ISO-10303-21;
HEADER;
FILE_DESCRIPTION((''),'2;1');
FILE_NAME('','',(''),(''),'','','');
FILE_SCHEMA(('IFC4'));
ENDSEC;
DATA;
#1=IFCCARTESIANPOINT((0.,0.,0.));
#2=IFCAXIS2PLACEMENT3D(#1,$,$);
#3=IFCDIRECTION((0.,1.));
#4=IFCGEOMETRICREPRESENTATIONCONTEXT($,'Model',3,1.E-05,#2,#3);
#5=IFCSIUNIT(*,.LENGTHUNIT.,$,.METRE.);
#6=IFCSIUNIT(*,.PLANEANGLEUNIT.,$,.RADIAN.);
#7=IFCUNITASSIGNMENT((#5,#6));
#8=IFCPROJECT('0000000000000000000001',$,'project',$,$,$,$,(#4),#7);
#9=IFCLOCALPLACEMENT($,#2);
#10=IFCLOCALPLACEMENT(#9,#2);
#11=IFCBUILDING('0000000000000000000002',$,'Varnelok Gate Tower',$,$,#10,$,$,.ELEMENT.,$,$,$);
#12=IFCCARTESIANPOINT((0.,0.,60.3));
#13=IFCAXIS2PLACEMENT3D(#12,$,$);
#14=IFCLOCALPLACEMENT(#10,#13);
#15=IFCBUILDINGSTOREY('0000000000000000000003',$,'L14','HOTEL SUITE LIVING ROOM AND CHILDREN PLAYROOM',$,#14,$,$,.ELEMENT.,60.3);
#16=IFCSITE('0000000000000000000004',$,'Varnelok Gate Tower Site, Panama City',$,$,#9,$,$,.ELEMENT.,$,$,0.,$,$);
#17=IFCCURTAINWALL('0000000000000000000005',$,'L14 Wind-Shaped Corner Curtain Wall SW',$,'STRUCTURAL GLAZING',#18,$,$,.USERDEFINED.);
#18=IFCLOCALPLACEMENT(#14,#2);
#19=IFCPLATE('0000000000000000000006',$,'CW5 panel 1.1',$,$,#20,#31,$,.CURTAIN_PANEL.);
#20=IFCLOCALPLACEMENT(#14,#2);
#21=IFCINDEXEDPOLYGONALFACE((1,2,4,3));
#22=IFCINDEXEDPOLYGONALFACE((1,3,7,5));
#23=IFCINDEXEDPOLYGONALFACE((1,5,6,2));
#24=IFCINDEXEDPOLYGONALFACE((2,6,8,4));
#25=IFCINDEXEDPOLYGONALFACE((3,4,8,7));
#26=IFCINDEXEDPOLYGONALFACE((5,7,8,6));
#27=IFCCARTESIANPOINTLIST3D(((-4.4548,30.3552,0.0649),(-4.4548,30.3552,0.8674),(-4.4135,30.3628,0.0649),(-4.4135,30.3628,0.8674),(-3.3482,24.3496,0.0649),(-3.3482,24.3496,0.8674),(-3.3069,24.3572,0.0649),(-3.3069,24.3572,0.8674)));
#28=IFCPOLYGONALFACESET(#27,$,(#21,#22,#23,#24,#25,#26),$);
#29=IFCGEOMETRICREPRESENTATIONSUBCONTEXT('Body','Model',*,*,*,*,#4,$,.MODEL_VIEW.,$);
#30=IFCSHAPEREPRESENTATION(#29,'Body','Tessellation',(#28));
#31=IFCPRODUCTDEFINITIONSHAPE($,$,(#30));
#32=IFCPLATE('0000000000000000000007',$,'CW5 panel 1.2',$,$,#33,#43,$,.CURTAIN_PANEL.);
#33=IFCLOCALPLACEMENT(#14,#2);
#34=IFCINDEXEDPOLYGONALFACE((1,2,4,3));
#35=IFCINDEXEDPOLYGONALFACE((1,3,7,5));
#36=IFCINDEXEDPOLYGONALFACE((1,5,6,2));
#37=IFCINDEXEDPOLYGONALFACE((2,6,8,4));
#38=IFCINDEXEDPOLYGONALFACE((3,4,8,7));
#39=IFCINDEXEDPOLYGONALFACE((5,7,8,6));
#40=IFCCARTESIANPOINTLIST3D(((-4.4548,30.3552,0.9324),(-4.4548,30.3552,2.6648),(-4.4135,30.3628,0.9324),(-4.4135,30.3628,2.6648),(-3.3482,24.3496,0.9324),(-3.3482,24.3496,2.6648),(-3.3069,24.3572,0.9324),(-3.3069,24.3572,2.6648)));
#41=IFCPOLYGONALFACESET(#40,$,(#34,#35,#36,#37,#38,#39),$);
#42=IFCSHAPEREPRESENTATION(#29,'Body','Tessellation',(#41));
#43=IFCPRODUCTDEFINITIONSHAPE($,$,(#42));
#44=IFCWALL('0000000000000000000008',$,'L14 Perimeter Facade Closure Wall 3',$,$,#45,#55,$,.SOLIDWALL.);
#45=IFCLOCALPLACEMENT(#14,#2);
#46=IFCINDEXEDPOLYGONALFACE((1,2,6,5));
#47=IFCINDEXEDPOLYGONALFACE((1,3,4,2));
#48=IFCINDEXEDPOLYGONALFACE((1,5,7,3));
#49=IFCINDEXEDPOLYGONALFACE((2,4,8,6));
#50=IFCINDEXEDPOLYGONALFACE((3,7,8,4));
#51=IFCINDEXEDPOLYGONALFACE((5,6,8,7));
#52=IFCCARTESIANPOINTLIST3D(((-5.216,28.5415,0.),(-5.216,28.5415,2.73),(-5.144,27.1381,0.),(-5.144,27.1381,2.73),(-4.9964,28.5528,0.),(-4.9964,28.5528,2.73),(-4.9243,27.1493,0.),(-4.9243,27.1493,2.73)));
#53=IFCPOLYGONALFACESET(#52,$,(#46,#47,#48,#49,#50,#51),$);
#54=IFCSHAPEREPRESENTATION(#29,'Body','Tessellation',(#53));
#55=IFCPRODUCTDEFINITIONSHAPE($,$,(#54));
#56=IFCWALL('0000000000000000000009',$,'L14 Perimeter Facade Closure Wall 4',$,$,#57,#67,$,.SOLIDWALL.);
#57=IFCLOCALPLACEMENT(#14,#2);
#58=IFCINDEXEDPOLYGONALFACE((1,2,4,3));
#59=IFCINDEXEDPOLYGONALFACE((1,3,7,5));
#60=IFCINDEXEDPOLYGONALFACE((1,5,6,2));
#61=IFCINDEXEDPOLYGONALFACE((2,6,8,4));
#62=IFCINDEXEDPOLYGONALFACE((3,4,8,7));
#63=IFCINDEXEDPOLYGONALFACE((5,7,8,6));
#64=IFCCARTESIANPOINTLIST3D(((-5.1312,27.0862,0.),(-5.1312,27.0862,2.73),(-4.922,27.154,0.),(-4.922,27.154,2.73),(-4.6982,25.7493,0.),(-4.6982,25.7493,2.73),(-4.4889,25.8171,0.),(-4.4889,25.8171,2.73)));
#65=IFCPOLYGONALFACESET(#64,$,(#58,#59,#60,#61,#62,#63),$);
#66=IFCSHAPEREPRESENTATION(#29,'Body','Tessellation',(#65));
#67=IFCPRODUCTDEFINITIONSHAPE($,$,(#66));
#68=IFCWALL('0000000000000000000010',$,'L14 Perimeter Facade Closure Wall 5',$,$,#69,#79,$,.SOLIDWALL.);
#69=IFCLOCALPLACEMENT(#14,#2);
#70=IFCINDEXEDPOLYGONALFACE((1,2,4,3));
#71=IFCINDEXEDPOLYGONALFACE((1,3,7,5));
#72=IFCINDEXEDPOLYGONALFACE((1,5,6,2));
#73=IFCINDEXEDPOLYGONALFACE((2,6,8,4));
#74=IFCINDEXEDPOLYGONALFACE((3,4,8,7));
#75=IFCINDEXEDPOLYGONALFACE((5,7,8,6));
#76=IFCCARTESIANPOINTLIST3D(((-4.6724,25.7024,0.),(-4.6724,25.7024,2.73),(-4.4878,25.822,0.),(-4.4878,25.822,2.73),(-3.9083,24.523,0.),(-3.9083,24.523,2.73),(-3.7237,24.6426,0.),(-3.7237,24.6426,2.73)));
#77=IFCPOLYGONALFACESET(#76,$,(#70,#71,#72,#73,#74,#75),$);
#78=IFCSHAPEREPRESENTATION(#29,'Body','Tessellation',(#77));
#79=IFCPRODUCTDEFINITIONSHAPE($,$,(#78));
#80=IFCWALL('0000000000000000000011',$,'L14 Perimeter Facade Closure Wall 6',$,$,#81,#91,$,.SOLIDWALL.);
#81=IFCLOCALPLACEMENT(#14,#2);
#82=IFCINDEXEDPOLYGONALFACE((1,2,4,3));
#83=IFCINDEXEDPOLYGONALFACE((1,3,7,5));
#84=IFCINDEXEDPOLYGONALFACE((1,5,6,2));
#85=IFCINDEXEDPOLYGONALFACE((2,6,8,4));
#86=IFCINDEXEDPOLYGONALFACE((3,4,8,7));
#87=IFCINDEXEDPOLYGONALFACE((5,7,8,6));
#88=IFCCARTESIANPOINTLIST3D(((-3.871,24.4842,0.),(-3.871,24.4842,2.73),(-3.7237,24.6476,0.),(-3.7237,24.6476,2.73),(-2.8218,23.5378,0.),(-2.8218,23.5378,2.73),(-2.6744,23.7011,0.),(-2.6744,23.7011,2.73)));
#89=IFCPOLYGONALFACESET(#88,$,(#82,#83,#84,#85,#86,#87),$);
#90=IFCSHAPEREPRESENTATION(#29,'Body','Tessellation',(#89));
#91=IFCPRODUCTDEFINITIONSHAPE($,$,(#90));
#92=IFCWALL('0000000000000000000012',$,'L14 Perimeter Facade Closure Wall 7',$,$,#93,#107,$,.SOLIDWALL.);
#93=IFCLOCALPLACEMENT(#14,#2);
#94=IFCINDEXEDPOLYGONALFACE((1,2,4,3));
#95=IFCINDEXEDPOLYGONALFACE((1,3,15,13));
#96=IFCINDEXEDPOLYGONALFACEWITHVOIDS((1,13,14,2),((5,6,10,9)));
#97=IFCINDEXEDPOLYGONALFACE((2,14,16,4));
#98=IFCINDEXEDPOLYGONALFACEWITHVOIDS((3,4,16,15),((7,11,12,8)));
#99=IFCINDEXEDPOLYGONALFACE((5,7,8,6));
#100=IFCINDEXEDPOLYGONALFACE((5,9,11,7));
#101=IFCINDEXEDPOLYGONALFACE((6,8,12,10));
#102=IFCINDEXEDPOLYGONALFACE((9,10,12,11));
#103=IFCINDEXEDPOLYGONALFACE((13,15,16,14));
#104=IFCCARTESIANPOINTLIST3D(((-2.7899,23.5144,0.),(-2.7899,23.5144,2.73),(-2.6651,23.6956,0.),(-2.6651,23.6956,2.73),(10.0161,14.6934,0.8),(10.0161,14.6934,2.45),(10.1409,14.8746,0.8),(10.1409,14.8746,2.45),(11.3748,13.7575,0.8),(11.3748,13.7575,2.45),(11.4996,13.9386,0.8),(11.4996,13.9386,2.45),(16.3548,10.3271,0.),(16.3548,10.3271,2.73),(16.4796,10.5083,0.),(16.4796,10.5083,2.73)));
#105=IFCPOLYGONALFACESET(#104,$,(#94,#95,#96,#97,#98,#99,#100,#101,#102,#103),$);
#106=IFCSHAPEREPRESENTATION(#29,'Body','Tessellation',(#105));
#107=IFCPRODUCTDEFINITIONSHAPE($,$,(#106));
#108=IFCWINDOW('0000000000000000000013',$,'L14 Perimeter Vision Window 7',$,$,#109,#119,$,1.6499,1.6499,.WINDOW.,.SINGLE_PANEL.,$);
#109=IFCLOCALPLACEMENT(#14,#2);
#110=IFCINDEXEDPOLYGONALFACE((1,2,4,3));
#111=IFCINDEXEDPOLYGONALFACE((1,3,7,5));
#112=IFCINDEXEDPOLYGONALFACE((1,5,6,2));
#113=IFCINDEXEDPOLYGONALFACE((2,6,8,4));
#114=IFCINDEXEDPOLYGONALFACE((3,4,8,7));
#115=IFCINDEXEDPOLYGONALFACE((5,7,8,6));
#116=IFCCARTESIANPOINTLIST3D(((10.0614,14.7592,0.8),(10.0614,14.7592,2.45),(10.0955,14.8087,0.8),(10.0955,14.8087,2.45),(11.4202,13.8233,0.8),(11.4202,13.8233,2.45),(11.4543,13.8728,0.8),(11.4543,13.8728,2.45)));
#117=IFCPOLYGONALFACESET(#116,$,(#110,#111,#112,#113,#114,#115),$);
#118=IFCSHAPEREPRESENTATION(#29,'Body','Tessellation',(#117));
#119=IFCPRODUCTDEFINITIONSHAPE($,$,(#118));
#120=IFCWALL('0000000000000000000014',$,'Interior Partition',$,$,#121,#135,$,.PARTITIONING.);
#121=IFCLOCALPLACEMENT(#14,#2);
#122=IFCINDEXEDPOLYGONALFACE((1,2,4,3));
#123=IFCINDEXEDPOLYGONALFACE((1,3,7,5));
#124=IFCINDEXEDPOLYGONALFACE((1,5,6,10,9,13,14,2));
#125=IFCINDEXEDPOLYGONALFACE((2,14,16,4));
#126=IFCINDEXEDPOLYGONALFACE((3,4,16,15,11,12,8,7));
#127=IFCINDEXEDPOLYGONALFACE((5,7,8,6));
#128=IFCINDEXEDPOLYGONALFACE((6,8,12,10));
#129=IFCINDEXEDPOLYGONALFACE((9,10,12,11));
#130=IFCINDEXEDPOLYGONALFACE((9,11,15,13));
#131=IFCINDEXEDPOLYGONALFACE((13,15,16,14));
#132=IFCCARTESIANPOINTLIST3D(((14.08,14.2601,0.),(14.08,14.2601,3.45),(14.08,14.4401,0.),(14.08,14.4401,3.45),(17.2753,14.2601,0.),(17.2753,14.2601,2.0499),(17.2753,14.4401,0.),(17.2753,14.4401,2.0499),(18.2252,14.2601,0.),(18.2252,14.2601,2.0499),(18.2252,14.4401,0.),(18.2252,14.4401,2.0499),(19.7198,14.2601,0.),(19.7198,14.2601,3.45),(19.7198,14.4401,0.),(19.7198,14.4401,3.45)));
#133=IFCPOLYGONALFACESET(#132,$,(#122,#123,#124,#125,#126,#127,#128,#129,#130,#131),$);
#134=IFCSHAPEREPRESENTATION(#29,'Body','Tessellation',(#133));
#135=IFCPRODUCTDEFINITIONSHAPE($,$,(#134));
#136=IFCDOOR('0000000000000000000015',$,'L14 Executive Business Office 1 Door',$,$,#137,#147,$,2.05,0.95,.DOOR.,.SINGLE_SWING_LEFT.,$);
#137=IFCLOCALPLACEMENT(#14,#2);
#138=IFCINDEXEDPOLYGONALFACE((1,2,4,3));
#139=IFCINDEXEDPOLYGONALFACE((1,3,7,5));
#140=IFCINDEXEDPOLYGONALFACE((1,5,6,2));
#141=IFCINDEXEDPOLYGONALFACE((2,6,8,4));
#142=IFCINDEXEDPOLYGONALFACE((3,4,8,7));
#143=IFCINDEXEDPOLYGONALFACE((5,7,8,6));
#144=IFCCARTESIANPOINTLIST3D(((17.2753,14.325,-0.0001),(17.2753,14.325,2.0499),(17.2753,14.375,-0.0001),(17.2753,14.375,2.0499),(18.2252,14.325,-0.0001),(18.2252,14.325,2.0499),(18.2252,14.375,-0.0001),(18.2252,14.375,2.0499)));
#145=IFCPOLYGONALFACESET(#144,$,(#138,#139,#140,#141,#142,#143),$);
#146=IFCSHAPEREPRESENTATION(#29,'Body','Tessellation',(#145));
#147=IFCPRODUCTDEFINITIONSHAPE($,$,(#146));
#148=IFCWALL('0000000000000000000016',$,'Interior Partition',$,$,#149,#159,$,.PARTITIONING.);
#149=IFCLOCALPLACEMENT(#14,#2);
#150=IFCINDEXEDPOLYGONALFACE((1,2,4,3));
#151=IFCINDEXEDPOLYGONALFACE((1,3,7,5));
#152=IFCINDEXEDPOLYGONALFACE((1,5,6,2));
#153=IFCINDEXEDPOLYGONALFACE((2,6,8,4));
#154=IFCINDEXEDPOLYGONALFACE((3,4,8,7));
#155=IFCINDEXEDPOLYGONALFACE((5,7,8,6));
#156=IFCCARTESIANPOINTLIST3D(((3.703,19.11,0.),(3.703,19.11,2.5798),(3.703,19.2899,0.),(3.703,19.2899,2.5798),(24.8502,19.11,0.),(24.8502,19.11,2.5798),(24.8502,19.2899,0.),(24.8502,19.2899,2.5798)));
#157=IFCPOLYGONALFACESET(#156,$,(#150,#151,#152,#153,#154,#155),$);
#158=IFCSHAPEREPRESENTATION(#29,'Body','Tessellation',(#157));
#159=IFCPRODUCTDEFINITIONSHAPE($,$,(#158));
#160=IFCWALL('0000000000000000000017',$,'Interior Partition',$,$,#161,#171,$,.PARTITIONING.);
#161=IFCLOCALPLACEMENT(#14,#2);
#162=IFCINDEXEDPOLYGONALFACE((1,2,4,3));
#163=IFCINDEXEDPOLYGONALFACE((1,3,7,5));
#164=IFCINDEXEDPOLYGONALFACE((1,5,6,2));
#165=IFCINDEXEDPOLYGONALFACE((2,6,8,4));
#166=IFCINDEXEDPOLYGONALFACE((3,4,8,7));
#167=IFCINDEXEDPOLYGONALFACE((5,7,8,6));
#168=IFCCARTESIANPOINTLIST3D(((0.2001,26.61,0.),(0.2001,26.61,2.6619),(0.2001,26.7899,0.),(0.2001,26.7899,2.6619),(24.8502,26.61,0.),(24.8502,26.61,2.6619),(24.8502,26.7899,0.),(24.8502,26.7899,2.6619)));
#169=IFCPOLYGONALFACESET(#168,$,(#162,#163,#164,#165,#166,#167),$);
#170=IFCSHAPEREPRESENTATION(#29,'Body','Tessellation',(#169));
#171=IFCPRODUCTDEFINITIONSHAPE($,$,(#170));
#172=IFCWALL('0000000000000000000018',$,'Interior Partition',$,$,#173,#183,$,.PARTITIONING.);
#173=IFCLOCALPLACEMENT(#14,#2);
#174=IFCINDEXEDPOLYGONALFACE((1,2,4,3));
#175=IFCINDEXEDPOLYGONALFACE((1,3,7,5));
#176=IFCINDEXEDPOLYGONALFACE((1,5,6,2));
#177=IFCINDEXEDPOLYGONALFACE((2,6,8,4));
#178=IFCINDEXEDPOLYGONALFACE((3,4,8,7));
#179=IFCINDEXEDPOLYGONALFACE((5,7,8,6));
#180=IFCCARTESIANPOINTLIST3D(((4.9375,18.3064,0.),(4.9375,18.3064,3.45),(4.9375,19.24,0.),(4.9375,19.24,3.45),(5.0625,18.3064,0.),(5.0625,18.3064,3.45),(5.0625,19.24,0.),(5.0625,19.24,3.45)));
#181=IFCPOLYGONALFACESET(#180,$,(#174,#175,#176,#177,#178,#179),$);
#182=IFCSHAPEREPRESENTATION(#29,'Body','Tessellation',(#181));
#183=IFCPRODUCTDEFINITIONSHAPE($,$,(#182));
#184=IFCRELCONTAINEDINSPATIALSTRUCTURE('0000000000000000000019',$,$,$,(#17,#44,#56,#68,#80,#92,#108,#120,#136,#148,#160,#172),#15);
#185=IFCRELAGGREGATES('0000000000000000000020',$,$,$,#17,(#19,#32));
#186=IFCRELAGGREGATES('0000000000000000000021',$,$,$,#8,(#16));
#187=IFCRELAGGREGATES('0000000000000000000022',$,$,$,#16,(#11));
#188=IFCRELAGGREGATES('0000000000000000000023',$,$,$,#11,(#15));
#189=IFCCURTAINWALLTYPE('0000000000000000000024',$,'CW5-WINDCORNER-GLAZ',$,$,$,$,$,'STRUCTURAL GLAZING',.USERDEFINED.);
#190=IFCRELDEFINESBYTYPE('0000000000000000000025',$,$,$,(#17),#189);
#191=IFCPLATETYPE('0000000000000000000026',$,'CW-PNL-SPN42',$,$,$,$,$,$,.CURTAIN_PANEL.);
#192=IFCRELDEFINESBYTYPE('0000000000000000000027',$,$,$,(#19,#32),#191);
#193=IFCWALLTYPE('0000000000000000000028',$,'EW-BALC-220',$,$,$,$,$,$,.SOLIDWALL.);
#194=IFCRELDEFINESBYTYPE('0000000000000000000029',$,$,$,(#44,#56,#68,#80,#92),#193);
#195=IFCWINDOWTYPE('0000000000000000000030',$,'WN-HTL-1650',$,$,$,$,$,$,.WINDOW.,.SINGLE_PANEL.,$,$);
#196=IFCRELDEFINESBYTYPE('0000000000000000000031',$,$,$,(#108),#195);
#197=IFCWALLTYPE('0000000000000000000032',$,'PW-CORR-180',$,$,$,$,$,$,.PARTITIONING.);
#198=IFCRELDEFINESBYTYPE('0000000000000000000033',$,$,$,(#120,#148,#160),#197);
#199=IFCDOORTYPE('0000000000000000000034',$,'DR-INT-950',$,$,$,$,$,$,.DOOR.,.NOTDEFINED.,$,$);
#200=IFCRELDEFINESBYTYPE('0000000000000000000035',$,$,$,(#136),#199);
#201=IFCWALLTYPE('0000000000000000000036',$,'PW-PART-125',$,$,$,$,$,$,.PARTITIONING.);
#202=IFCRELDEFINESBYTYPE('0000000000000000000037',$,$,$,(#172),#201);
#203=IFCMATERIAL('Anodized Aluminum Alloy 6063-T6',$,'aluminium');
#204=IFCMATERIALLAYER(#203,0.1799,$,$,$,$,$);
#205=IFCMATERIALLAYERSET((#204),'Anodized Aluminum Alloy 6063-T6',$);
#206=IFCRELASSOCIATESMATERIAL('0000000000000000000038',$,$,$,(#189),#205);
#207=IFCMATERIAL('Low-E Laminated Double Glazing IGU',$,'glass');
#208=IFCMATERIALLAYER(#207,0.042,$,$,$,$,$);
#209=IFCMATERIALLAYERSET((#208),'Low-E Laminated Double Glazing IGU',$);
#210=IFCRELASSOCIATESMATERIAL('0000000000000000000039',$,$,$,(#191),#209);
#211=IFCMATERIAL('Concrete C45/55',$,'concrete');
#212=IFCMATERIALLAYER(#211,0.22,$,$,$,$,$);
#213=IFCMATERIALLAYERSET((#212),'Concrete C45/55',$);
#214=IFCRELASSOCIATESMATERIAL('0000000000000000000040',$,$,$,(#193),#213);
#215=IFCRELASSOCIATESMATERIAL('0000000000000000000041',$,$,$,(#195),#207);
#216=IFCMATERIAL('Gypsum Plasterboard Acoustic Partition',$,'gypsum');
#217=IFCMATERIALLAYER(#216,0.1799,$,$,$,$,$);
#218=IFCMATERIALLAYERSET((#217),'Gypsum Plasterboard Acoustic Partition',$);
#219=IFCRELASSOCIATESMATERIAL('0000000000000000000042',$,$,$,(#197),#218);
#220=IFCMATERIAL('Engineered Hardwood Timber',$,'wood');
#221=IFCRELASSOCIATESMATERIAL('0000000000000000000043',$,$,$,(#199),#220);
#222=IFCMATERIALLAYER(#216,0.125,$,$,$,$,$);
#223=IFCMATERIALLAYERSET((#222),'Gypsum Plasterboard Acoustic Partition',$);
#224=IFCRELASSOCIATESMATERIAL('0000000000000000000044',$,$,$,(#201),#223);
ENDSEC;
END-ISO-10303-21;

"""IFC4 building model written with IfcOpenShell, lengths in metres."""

from ifc_helpers import new_model, si_unit, direction, frame, frame_2d, origin, origin_2d, place, context, subcontext, project, spatial, rectangle, extrude, source, transform, mapped, material, layer, layer_set, type_object, element, fill, aggregate, save


model = new_model("IFC4")

# Units and contexts
model_context = context("Model", 3, precision=1e-05, world=origin(), true_north=direction((0.0, 1.0)))
body_context = subcontext(model_context, "Body", "Model", "MODEL_VIEW")
ifc_project = project(units=[si_unit("LENGTHUNIT", "METRE"), si_unit("PLANEANGLEUNIT", "RADIAN")], contexts=[model_context])

# Site, building, storey
site_placement = place(None, origin())
site = spatial("IfcSite", under=ifc_project, at=site_placement, Name="Varnelok Gate Tower Site, Panama City", CompositionType="ELEMENT", RefElevation=0.0)
building_placement = place(site_placement, origin())
building = spatial("IfcBuilding", under=site, at=building_placement, Name="Varnelok Gate Tower", CompositionType="ELEMENT")
storey_placement = place(building_placement, frame((0.0, 0.0, 60.3)))
storey = spatial("IfcBuildingStorey", under=building, at=storey_placement, Name="L14", Description="HOTEL SUITE LIVING ROOM AND CHILDREN PLAYROOM", CompositionType="ELEMENT", Elevation=60.3)

# Curtain wall
ifc_material_1 = material(Name="Anodized Aluminum Alloy 6063-T6", Category="aluminium")
ifc_layer_1 = layer(ifc_material_1, 0.1799)
ifc_layer_set_1 = layer_set([ifc_layer_1], Name="Anodized Aluminum Alloy 6063-T6")
curtain_wall_type = type_object("IfcCurtainWallType", Name="CW5-WINDCORNER-GLAZ", ElementType="STRUCTURAL GLAZING", PredefinedType="USERDEFINED", material=ifc_layer_set_1)
curtain_wall_placement = place(storey_placement, origin())
curtain_wall = element("IfcCurtainWall", 1, at=curtain_wall_placement, inside=storey, type_object=curtain_wall_type, Name="L14 Wind-Shaped Corner Curtain Wall SW", ObjectType="STRUCTURAL GLAZING", PredefinedType="USERDEFINED")

# Shared definitions
ifc_material_2 = material(Name="Concrete C45/55", Category="concrete")

# Plates
ifc_material_3 = material(Name="Low-E Laminated Double Glazing IGU", Category="glass")
ifc_layer_2 = layer(ifc_material_3, 0.042)
ifc_layer_set_2 = layer_set([ifc_layer_2], Name="Low-E Laminated Double Glazing IGU")
plate_type = type_object("IfcPlateType", Name="CW-PNL-SPN42", PredefinedType="CURTAIN_PANEL", material=ifc_layer_set_2)
shared_shape_1 = source(origin(), body_context, "Body", "SweptSolid", [
    extrude(rectangle(XDim=6.1067, YDim=0.042, at=origin_2d()), origin(), (0.0, 0.0, 1.0), 0.8025),
])
plate_1_placement = place(storey_placement, frame((-3.8809, 27.3562, 0.0649), z_axis=(0.0, 0.0, 1.0), x_axis=(0.181203, -0.983446, 0.0)))
plate_1 = element("IfcPlate", 2, at=plate_1_placement, type_object=plate_type, Name="CW5 panel 1.1", PredefinedType="CURTAIN_PANEL", context=body_context, shape_type="MappedRepresentation", body=[
    mapped(shared_shape_1, transform((0.0, 0.0, 0.0), scale=1.0)),
])
shared_shape_2 = source(origin(), body_context, "Body", "SweptSolid", [
    extrude(rectangle(XDim=6.1067, YDim=0.042, at=origin_2d()), origin(), (0.0, 0.0, 1.0), 1.7324),
])
plate_2_placement = place(storey_placement, frame((-3.8809, 27.3562, 0.9324), z_axis=(0.0, 0.0, 1.0), x_axis=(0.181203, -0.983446, 0.0)))
plate_2 = element("IfcPlate", 3, at=plate_2_placement, type_object=plate_type, Name="CW5 panel 1.2", PredefinedType="CURTAIN_PANEL", context=body_context, shape_type="MappedRepresentation", body=[
    mapped(shared_shape_2, transform((0.0, 0.0, 0.0), scale=1.0)),
])
aggregate(curtain_wall, [plate_1, plate_2])

# Walls
ifc_layer_3 = layer(ifc_material_2, 0.22)
ifc_layer_set_3 = layer_set([ifc_layer_3], Name="Concrete C45/55")
wall_type_1 = type_object("IfcWallType", Name="EW-BALC-220", PredefinedType="SOLIDWALL", material=ifc_layer_set_3)
for number, where, z_axis, x_axis, name in (
    (4, (-5.1062, 28.5471, 0.0), (0.0, 0.0, 1.0), (0.051255, -0.998686, 0.0), "L14 Perimeter Facade Closure Wall 3"),
    (5, (-5.0266, 27.1201, 0.0), (0.0, 0.0, 1.0), (0.30819, -0.951325, 0.0), "L14 Perimeter Facade Closure Wall 4"),
    (6, (-4.5801, 25.7622, 0.0), (0.0, 0.0, 1.0), (0.543748, -0.839248, 0.0), "L14 Perimeter Facade Closure Wall 5"),
):
    element("IfcWall", number, at=place(storey_placement, frame(where, z_axis=z_axis, x_axis=x_axis)), inside=storey, type_object=wall_type_1, Name=name, PredefinedType="SOLIDWALL", context=body_context, shape_type="SweptSolid", body=[
        extrude(rectangle(XDim=1.4053, YDim=0.22, at=frame_2d((0.7026, 0.0))), origin(), (0.0, 0.0, 1.0), 2.73),
    ])
wall_1_placement = place(storey_placement, frame((-3.7974, 24.5659, 0.0), z_axis=(0.0, 0.0, 1.0), x_axis=(0.742538, -0.669804, 0.0)))
element("IfcWall", 7, at=wall_1_placement, inside=storey, type_object=wall_type_1, Name="L14 Perimeter Facade Closure Wall 6", PredefinedType="SOLIDWALL", context=body_context, shape_type="SweptSolid", body=[
    extrude(rectangle(XDim=1.4131, YDim=0.22, at=frame_2d((0.7065, 0.0))), origin(), (0.0, 0.0, 1.0), 2.73),
])

# Wall, opening, window
wall_2_placement = place(storey_placement, frame((-2.7275, 23.605, 0.0), z_axis=(0.0, 0.0, 1.0), x_axis=(0.823535, -0.567265, 0.0)))
wall_2 = element("IfcWall", 8, at=wall_2_placement, inside=storey, type_object=wall_type_1, Name="L14 Perimeter Facade Closure Wall 7", PredefinedType="SOLIDWALL", context=body_context, shape_type="SweptSolid", body=[
    extrude(rectangle(XDim=23.2471, YDim=0.22, at=frame_2d((11.6235, 0.0))), origin(), (0.0, 0.0, 1.0), 2.73),
])
opening_1_placement = place(wall_2_placement, frame((15.55, 0.0, 0.8)))
opening_1 = element("IfcOpeningElement", 9, at=opening_1_placement, cuts=wall_2, PredefinedType="OPENING", context=body_context, shape_type="SweptSolid", body=[
    extrude(rectangle(XDim=1.6499, YDim=1.6499, at=frame_2d((0.825, 0.825))), frame((0.0, 0.1199, 0.0), z_axis=(0.0, -1.0, 0.0), x_axis=(1.0, 0.0, 0.0)), (0.0, 0.0, 1.0), 0.24),
])
window_type = type_object("IfcWindowType", Name="WN-HTL-1650", PartitioningType="SINGLE_PANEL", PredefinedType="WINDOW", material=ifc_material_3)
window_placement = place(opening_1_placement, origin())
window = element("IfcWindow", 10, at=window_placement, inside=storey, type_object=window_type, Name="L14 Perimeter Vision Window 7", OverallHeight=1.6499, OverallWidth=1.6499, PartitioningType="SINGLE_PANEL", PredefinedType="WINDOW", context=body_context, shape_type="SweptSolid", body=[
    extrude(rectangle(XDim=1.6499, YDim=1.6499, at=frame_2d((0.825, 0.825))), frame((0.0, 0.03, 0.0), z_axis=(0.0, -1.0, 0.0), x_axis=(1.0, 0.0, 0.0)), (0.0, 0.0, 1.0), 0.0601),
])
fill(opening_1, window)

# Wall, opening, door
ifc_material_4 = material(Name="Gypsum Plasterboard Acoustic Partition", Category="gypsum")
ifc_layer_4 = layer(ifc_material_4, 0.1799)
ifc_layer_set_4 = layer_set([ifc_layer_4], Name="Gypsum Plasterboard Acoustic Partition")
wall_type_2 = type_object("IfcWallType", Name="PW-CORR-180", PredefinedType="PARTITIONING", material=ifc_layer_set_4)
wall_3_placement = place(storey_placement, frame((14.0801, 14.3501, 0.0), z_axis=(0.0, 0.0, 1.0), x_axis=(1.0, 0.0, 0.0)))
wall_3 = element("IfcWall", 11, at=wall_3_placement, inside=storey, type_object=wall_type_2, Name="Interior Partition", PredefinedType="PARTITIONING", context=body_context, shape_type="SweptSolid", body=[
    extrude(rectangle(XDim=5.6399, YDim=0.1799, at=frame_2d((2.8198, 0.0))), origin(), (0.0, 0.0, 1.0), 3.45),
])
opening_2_placement = place(wall_3_placement, frame((3.1951, 0.0, 0.0)))
opening_2 = element("IfcOpeningElement", 12, at=opening_2_placement, cuts=wall_3, PredefinedType="OPENING", context=body_context, shape_type="SweptSolid", body=[
    extrude(rectangle(XDim=0.95, YDim=2.05, at=frame_2d((0.4751, 1.0249))), frame((0.0, 0.0999, 0.0), z_axis=(0.0, -1.0, 0.0), x_axis=(1.0, 0.0, 0.0)), (0.0, 0.0, 1.0), 0.2),
])
ifc_material_5 = material(Name="Engineered Hardwood Timber", Category="wood")
door_type_1 = type_object("IfcDoorType", Name="DR-INT-950", OperationType="NOTDEFINED", PredefinedType="DOOR", material=ifc_material_5)
door_1_placement = place(opening_2_placement, origin())
door_1 = element("IfcDoor", 13, at=door_1_placement, inside=storey, type_object=door_type_1, Name="L14 Executive Business Office 1 Door", OperationType="SINGLE_SWING_LEFT", OverallHeight=2.05, OverallWidth=0.95, PredefinedType="DOOR", context=body_context, shape_type="SweptSolid", body=[
    extrude(rectangle(XDim=0.95, YDim=2.05, at=frame_2d((0.4751, 1.0249))), frame((0.0, 0.0249, 0.0), z_axis=(0.0, -1.0, 0.0), x_axis=(1.0, 0.0, 0.0)), (0.0, 0.0, 1.0), 0.05),
])
fill(opening_2, door_1)

# Walls
wall_4_placement = place(storey_placement, frame((3.7029, 19.2, 0.0), z_axis=(0.0, 0.0, 1.0), x_axis=(1.0, 0.0, 0.0)))
element("IfcWall", 14, at=wall_4_placement, inside=storey, type_object=wall_type_2, Name="Interior Partition", PredefinedType="PARTITIONING", context=body_context, shape_type="SweptSolid", body=[
    extrude(rectangle(XDim=21.1472, YDim=0.1799, at=frame_2d((10.5737, 0.0))), origin(), (0.0, 0.0, 1.0), 2.5798),
])
wall_5_placement = place(storey_placement, frame((0.2, 26.7, 0.0), z_axis=(0.0, 0.0, 1.0), x_axis=(1.0, 0.0, 0.0)))
element("IfcWall", 15, at=wall_5_placement, inside=storey, type_object=wall_type_2, Name="Interior Partition", PredefinedType="PARTITIONING", context=body_context, shape_type="SweptSolid", body=[
    extrude(rectangle(XDim=24.6501, YDim=0.1799, at=frame_2d((12.3252, 0.0))), origin(), (0.0, 0.0, 1.0), 2.6619),
])
ifc_layer_5 = layer(ifc_material_4, 0.125)
ifc_layer_set_5 = layer_set([ifc_layer_5], Name="Gypsum Plasterboard Acoustic Partition")
wall_type_3 = type_object("IfcWallType", Name="PW-PART-125", PredefinedType="PARTITIONING", material=ifc_layer_set_5)
wall_6_placement = place(storey_placement, frame((5.0, 18.3064, 0.0), z_axis=(0.0, 0.0, 1.0), x_axis=(0.0, 1.0, 0.0)))
element("IfcWall", 16, at=wall_6_placement, inside=storey, type_object=wall_type_3, Name="Interior Partition", PredefinedType="PARTITIONING", context=body_context, shape_type="SweptSolid", body=[
    extrude(rectangle(XDim=0.9336, YDim=0.125, at=frame_2d((0.4668, 0.0))), origin(), (0.0, 0.0, 1.0), 3.45),
])

save(model, "model.ifc")
